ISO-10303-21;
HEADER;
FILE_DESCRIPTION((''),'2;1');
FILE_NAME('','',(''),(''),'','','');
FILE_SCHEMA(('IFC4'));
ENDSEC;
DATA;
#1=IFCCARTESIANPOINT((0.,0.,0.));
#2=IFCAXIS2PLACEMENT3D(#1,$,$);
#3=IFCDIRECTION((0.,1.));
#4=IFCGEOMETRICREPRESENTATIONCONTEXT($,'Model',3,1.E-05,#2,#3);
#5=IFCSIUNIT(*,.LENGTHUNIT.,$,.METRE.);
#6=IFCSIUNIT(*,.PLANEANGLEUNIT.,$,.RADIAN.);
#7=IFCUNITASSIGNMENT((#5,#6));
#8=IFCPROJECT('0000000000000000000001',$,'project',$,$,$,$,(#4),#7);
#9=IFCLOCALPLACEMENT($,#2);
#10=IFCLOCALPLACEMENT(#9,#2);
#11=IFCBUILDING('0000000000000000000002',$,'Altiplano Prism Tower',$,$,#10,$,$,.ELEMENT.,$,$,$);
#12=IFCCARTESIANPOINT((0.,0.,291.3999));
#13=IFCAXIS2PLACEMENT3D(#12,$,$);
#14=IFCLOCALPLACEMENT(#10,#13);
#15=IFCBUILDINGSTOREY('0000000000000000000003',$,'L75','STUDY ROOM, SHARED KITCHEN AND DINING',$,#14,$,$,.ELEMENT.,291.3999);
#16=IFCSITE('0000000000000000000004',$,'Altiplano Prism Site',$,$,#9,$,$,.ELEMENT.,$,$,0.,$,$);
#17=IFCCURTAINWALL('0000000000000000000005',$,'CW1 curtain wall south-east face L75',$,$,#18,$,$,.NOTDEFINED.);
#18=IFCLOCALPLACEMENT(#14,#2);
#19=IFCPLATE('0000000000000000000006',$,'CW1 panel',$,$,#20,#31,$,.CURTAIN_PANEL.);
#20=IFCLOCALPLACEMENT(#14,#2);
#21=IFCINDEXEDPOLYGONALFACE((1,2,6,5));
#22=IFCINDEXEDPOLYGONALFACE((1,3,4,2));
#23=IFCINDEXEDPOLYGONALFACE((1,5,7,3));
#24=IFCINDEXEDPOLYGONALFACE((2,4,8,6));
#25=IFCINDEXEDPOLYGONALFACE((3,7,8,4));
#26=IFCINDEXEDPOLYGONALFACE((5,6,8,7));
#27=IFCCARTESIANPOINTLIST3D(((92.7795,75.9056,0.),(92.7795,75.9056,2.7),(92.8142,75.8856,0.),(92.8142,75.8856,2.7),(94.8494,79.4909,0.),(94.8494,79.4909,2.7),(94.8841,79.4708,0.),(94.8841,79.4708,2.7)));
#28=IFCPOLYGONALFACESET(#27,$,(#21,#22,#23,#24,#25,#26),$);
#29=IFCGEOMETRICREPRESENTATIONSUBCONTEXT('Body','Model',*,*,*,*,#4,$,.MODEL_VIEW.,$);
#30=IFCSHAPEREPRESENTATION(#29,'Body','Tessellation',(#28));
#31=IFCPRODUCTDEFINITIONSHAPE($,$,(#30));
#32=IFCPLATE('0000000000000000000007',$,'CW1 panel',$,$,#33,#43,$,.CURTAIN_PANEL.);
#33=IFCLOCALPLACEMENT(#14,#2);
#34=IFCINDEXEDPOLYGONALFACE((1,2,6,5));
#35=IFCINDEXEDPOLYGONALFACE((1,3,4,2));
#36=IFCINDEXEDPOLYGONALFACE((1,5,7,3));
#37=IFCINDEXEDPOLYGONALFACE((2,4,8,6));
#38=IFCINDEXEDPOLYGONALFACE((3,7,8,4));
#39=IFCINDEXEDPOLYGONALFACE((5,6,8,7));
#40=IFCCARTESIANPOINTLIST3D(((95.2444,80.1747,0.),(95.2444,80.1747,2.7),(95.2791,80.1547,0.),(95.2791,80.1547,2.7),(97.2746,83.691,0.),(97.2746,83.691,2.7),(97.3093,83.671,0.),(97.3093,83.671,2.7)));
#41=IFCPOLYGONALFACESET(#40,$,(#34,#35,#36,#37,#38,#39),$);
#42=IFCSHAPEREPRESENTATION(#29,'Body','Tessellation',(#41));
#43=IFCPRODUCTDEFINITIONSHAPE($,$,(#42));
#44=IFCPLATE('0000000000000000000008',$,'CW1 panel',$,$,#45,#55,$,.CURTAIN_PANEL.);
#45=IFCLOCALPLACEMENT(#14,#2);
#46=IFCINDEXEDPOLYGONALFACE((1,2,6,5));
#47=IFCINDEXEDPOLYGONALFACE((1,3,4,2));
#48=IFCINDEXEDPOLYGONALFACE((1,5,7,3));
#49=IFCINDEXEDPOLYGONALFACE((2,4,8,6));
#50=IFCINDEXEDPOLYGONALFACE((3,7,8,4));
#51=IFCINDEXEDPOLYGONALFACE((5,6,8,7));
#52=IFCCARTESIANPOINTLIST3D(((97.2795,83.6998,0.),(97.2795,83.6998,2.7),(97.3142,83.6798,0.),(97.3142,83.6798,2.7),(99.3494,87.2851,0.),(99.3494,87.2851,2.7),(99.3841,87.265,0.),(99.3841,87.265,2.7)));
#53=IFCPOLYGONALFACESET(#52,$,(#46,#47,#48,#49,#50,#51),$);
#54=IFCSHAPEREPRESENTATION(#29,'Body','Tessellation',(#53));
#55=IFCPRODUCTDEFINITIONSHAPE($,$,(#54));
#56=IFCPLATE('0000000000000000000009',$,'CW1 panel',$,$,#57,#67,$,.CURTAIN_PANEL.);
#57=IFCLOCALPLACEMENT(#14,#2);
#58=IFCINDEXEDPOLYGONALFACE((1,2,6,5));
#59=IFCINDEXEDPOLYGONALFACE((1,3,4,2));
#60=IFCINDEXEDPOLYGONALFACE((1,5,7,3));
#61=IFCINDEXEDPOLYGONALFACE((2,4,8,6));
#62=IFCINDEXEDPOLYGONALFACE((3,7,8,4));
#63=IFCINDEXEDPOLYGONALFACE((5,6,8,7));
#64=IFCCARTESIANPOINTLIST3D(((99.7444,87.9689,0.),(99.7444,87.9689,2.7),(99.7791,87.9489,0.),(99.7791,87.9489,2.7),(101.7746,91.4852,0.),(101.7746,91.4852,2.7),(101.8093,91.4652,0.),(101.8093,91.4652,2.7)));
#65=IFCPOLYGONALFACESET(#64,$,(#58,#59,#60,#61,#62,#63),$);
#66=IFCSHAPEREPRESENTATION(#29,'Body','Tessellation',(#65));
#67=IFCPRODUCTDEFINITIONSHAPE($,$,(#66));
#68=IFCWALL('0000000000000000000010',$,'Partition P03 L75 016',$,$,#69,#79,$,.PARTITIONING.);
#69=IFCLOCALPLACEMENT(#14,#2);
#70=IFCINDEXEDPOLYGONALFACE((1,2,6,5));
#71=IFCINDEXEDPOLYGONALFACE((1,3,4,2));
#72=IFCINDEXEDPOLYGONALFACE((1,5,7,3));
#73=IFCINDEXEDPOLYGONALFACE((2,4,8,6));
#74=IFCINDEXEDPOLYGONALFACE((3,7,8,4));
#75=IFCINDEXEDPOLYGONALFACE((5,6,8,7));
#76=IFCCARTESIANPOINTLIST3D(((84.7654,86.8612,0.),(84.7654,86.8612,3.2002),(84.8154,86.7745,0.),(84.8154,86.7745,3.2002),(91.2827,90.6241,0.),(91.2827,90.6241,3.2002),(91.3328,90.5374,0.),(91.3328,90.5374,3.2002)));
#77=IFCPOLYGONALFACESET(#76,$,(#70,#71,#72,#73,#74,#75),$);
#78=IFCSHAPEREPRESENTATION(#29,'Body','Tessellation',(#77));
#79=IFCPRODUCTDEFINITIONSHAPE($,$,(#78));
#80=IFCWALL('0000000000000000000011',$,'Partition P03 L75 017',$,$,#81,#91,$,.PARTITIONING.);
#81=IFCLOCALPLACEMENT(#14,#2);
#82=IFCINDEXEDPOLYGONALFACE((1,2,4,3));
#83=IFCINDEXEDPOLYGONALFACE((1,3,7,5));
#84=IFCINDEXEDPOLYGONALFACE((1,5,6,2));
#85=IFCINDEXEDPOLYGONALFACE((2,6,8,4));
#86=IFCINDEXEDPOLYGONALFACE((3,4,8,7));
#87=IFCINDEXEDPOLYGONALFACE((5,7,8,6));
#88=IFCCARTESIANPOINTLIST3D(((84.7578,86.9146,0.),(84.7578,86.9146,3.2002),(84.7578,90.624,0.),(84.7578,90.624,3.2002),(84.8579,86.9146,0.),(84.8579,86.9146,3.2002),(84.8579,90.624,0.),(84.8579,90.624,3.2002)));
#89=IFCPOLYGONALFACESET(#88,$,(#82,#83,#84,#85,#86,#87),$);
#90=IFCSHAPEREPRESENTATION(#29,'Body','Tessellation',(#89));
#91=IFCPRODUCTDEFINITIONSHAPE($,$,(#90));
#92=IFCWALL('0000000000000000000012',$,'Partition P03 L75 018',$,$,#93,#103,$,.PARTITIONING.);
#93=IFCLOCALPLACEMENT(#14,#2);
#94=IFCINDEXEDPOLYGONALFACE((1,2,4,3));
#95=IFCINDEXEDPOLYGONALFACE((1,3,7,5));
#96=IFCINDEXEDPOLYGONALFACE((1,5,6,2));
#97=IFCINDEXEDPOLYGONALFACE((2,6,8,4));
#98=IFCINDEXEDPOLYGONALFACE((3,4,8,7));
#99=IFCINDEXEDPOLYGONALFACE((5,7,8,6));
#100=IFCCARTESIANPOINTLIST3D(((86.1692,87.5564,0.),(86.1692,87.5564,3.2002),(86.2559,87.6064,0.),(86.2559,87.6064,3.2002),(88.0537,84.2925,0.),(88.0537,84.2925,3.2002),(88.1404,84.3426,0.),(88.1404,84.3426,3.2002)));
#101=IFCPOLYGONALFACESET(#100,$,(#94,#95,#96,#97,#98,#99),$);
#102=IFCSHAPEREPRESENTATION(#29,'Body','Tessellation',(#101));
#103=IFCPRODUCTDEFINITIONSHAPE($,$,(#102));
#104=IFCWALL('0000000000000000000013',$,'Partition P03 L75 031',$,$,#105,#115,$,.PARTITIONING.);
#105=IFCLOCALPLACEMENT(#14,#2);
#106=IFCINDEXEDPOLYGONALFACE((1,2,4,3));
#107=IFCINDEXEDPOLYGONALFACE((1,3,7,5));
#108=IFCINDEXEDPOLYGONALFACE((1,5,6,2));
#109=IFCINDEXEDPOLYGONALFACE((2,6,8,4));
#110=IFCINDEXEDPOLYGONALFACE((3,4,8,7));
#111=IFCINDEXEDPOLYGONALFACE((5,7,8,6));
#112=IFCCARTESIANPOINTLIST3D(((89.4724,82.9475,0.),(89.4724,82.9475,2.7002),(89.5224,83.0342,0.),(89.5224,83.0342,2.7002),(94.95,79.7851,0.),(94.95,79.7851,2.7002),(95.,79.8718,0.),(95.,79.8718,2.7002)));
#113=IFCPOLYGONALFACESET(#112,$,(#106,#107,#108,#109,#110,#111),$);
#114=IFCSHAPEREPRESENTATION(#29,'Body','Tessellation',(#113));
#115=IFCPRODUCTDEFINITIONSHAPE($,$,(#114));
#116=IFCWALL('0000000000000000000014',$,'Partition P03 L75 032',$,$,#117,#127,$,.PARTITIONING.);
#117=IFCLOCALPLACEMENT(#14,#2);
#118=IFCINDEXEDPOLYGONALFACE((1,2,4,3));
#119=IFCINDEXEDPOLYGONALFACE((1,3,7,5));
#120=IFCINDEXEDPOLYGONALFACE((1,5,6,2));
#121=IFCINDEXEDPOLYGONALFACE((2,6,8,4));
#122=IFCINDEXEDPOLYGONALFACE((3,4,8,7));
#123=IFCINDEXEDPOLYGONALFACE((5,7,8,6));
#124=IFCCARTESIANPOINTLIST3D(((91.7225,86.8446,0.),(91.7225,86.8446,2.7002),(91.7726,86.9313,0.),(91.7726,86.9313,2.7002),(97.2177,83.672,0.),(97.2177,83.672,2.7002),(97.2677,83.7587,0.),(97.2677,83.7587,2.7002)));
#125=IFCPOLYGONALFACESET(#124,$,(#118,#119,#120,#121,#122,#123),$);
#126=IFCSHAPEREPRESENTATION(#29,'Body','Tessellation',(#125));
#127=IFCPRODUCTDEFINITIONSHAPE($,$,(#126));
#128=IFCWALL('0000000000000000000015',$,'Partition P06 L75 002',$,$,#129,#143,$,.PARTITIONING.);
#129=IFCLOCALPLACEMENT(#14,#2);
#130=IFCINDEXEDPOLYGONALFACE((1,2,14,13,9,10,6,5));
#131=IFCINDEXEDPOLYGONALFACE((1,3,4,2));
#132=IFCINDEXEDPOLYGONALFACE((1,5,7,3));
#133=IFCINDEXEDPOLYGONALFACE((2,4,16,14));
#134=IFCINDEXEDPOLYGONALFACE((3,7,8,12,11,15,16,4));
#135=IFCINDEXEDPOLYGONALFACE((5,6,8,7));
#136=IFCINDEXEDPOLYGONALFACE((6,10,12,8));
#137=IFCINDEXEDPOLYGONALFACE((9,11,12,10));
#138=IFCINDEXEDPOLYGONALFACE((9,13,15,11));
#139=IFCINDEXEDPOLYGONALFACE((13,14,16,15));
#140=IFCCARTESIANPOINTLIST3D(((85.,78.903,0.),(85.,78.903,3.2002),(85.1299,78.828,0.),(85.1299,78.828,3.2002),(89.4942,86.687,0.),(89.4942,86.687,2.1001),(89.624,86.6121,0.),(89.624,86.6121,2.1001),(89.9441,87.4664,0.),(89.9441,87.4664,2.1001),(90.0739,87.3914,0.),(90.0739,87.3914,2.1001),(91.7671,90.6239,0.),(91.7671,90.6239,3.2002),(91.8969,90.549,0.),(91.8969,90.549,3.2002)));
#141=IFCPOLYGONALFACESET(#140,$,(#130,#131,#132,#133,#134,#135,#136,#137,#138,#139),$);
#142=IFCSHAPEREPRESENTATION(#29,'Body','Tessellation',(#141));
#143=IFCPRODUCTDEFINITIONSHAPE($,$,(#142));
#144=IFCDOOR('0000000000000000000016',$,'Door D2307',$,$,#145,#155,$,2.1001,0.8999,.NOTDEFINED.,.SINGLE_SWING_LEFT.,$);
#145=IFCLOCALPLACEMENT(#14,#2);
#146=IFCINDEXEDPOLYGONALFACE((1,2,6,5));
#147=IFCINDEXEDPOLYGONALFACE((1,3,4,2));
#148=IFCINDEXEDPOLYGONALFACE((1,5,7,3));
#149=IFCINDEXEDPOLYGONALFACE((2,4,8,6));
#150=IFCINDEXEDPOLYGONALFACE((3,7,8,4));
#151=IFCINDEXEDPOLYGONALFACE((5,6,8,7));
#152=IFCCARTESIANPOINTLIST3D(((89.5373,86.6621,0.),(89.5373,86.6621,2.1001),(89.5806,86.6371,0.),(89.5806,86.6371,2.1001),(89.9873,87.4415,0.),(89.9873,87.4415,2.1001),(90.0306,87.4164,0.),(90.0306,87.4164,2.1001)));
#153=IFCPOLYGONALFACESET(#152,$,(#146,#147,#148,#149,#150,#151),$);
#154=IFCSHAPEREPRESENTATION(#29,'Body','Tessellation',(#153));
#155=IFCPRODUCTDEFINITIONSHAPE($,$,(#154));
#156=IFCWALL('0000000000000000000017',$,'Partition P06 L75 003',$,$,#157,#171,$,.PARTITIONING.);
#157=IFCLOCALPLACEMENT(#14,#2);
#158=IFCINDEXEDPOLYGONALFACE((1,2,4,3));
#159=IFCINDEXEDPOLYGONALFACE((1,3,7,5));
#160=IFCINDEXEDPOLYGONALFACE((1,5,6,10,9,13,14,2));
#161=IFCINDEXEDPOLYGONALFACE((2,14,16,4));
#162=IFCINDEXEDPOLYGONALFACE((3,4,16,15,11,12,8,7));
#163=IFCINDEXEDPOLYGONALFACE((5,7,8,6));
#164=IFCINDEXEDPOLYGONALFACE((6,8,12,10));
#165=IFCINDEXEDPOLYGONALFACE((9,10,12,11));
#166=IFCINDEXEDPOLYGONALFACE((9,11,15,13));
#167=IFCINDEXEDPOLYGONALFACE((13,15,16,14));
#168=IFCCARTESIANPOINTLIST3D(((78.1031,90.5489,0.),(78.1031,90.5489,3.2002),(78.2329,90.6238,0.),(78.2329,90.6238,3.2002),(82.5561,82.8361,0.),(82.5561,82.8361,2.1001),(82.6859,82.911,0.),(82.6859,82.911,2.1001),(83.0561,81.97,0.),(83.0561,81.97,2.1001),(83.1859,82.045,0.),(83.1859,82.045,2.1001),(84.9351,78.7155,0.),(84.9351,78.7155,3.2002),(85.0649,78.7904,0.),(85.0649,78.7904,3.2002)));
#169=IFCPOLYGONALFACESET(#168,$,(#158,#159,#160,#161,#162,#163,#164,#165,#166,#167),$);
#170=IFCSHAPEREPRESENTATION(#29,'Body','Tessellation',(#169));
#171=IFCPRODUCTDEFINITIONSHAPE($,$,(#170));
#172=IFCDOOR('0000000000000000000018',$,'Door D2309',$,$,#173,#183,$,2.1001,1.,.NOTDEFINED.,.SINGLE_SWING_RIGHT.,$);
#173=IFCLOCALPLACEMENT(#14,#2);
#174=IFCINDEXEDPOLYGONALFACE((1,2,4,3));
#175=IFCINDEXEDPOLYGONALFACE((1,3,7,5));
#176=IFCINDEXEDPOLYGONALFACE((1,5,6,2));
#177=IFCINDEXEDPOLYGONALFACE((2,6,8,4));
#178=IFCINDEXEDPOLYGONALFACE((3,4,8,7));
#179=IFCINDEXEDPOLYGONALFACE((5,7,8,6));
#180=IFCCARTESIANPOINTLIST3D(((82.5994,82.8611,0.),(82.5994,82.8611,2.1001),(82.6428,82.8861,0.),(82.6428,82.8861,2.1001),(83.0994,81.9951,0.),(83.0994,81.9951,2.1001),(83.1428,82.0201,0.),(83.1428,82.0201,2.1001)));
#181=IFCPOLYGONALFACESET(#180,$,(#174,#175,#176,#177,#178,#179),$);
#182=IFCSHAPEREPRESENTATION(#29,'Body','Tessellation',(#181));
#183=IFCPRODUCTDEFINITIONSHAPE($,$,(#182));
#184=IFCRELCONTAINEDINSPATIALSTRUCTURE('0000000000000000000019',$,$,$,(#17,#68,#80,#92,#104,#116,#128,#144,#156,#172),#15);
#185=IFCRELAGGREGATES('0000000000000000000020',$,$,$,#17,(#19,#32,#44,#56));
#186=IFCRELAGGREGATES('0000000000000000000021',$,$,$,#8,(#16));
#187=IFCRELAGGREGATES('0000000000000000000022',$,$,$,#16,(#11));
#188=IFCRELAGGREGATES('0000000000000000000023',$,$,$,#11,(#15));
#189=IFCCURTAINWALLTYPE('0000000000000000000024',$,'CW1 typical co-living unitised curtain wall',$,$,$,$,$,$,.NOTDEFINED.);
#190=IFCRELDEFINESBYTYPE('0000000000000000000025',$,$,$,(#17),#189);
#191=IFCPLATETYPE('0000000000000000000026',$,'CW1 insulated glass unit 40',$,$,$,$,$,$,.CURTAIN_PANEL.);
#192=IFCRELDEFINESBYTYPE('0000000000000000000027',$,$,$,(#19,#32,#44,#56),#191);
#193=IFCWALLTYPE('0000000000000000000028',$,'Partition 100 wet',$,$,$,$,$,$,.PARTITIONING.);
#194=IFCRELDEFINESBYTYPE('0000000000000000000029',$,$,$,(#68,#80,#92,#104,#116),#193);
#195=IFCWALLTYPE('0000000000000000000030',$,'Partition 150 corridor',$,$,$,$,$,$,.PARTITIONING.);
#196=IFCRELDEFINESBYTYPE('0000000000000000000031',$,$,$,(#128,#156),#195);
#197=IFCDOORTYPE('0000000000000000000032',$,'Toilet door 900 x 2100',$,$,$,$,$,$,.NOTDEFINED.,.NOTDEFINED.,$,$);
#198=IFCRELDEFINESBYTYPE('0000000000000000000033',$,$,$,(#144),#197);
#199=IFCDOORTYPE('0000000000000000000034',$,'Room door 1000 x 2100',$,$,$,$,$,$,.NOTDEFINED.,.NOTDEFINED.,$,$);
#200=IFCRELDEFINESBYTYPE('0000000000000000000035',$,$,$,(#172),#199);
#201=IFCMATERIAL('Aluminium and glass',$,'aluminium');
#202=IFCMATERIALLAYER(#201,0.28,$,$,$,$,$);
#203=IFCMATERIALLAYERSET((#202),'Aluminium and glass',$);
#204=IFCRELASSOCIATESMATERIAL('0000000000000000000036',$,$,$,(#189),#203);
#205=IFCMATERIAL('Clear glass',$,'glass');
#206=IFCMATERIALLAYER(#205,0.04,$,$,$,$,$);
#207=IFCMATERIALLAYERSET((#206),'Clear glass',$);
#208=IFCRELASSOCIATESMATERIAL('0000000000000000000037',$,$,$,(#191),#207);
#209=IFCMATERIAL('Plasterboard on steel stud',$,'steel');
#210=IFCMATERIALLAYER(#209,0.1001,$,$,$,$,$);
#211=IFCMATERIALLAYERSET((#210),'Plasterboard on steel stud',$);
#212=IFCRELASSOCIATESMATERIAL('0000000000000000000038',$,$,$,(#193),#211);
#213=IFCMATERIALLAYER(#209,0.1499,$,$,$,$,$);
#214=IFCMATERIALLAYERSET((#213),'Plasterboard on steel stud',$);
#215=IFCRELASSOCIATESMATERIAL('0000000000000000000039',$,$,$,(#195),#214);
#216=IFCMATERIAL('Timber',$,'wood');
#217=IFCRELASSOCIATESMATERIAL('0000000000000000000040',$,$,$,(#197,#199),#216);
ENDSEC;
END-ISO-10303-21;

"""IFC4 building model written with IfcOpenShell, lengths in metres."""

from ifc_helpers import new_model, si_unit, direction, frame, frame_2d, origin, origin_2d, place, context, subcontext, project, spatial, rectangle, extrude, material, layer, layer_set, type_object, element, fill, aggregate, save


model = new_model("IFC4")

# Units and contexts
model_context = context("Model", 3, precision=1e-05, world=origin(), true_north=direction((0.0, 1.0)))
body_context = subcontext(model_context, "Body", "Model", "MODEL_VIEW")
ifc_project = project(units=[si_unit("LENGTHUNIT", "METRE"), si_unit("PLANEANGLEUNIT", "RADIAN")], contexts=[model_context])

# Site, building, storey
site_placement = place(None, origin())
site = spatial("IfcSite", under=ifc_project, at=site_placement, Name="Altiplano Prism Site", CompositionType="ELEMENT", RefElevation=0.0)
building_placement = place(site_placement, origin())
building = spatial("IfcBuilding", under=site, at=building_placement, Name="Altiplano Prism Tower", CompositionType="ELEMENT")
storey_placement = place(building_placement, frame((0.0, 0.0, 291.3999)))
storey = spatial("IfcBuildingStorey", under=building, at=storey_placement, Name="L75", Description="STUDY ROOM, SHARED KITCHEN AND DINING", CompositionType="ELEMENT", Elevation=291.3999)

# Curtain wall
ifc_material_1 = material(Name="Aluminium and glass", Category="aluminium")
ifc_layer_1 = layer(ifc_material_1, 0.28)
ifc_layer_set_1 = layer_set([ifc_layer_1], Name="Aluminium and glass")
curtain_wall_type = type_object("IfcCurtainWallType", Name="CW1 typical co-living unitised curtain wall", PredefinedType="NOTDEFINED", material=ifc_layer_set_1)
curtain_wall_placement = place(storey_placement, origin())
curtain_wall = element("IfcCurtainWall", 1, at=curtain_wall_placement, inside=storey, type_object=curtain_wall_type, Name="CW1 curtain wall south-east face L75", PredefinedType="NOTDEFINED")

# Plates
ifc_material_2 = material(Name="Clear glass", Category="glass")
ifc_layer_2 = layer(ifc_material_2, 0.04)
ifc_layer_set_2 = layer_set([ifc_layer_2], Name="Clear glass")
plate_type = type_object("IfcPlateType", Name="CW1 insulated glass unit 40", PredefinedType="CURTAIN_PANEL", material=ifc_layer_set_2)
plate_1_placement = place(storey_placement, frame((93.8318, 77.6882, 0.0), z_axis=(0.0, 0.0, 1.0), x_axis=(0.5, 0.866025, 0.0)))
plate_1 = element("IfcPlate", 2, at=plate_1_placement, type_object=plate_type, Name="CW1 panel", PredefinedType="CURTAIN_PANEL", context=body_context, shape_type="SweptSolid", body=[
    extrude(rectangle(XDim=4.1399, YDim=0.04, at=origin_2d()), origin(), (0.0, 0.0, 1.0), 2.7),
])
plate_2_placement = place(storey_placement, frame((96.2769, 81.9229, 0.0), z_axis=(0.0, 0.0, 1.0), x_axis=(0.5, 0.866025, 0.0)))
plate_2 = element("IfcPlate", 3, at=plate_2_placement, type_object=plate_type, Name="CW1 panel", PredefinedType="CURTAIN_PANEL", context=body_context, shape_type="SweptSolid", body=[
    extrude(rectangle(XDim=4.0603, YDim=0.04, at=origin_2d()), origin(), (0.0, 0.0, 1.0), 2.7),
])
plate_3_placement = place(storey_placement, frame((98.3318, 85.4824, 0.0), z_axis=(0.0, 0.0, 1.0), x_axis=(0.5, 0.866025, 0.0)))
plate_3 = element("IfcPlate", 4, at=plate_3_placement, type_object=plate_type, Name="CW1 panel", PredefinedType="CURTAIN_PANEL", context=body_context, shape_type="SweptSolid", body=[
    extrude(rectangle(XDim=4.1399, YDim=0.04, at=origin_2d()), origin(), (0.0, 0.0, 1.0), 2.7),
])
plate_4_placement = place(storey_placement, frame((100.7769, 89.717, 0.0), z_axis=(0.0, 0.0, 1.0), x_axis=(0.5, 0.866025, 0.0)))
plate_4 = element("IfcPlate", 5, at=plate_4_placement, type_object=plate_type, Name="CW1 panel", PredefinedType="CURTAIN_PANEL", context=body_context, shape_type="SweptSolid", body=[
    extrude(rectangle(XDim=4.0603, YDim=0.04, at=origin_2d()), origin(), (0.0, 0.0, 1.0), 2.7),
])
aggregate(curtain_wall, [plate_1, plate_2, plate_3, plate_4])

# Walls
ifc_material_3 = material(Name="Plasterboard on steel stud", Category="steel")
ifc_layer_3 = layer(ifc_material_3, 0.1001)
ifc_layer_set_3 = layer_set([ifc_layer_3], Name="Plasterboard on steel stud")
wall_type_1 = type_object("IfcWallType", Name="Partition 100 wet", PredefinedType="PARTITIONING", material=ifc_layer_set_3)
wall_1_placement = place(storey_placement, frame((84.7905, 86.8179, 0.0), z_axis=(0.0, 0.0, 1.0), x_axis=(0.866016, 0.500015, 0.0)))
element("IfcWall", 6, at=wall_1_placement, inside=storey, type_object=wall_type_1, Name="Partition P03 L75 016", PredefinedType="PARTITIONING", context=body_context, shape_type="SweptSolid", body=[
    extrude(rectangle(XDim=7.5256, YDim=0.1001, at=frame_2d((3.7627, 0.0))), origin(), (0.0, 0.0, 1.0), 3.2002),
])
wall_2_placement = place(storey_placement, frame((84.8079, 90.624, 0.0), z_axis=(0.0, 0.0, 1.0), x_axis=(0.0, -1.0, 0.0)))
element("IfcWall", 7, at=wall_2_placement, inside=storey, type_object=wall_type_1, Name="Partition P03 L75 017", PredefinedType="PARTITIONING", context=body_context, shape_type="SweptSolid", body=[
    extrude(rectangle(XDim=3.7095, YDim=0.1001, at=frame_2d((1.8547, 0.0))), origin(), (0.0, 0.0, 1.0), 3.2002),
])
wall_3_placement = place(storey_placement, frame((86.2126, 87.5813, 0.0), z_axis=(0.0, 0.0, 1.0), x_axis=(0.50002, -0.866014, 0.0)))
element("IfcWall", 8, at=wall_3_placement, inside=storey, type_object=wall_type_1, Name="Partition P03 L75 018", PredefinedType="PARTITIONING", context=body_context, shape_type="SweptSolid", body=[
    extrude(rectangle(XDim=3.7688, YDim=0.1001, at=frame_2d((1.8843, 0.0))), origin(), (0.0, 0.0, 1.0), 3.2002),
])
wall_4_placement = place(storey_placement, frame((94.9751, 79.8284, 0.0), z_axis=(0.0, 0.0, 1.0), x_axis=(-0.866033, 0.499988, 0.0)))
element("IfcWall", 9, at=wall_4_placement, inside=storey, type_object=wall_type_1, Name="Partition P03 L75 031", PredefinedType="PARTITIONING", context=body_context, shape_type="SweptSolid", body=[
    extrude(rectangle(XDim=6.325, YDim=0.1001, at=frame_2d((3.1626, 0.0))), origin(), (0.0, 0.0, 1.0), 2.7002),
])
wall_5_placement = place(storey_placement, frame((97.2427, 83.7153, 0.0), z_axis=(0.0, 0.0, 1.0), x_axis=(-0.866025, 0.5, 0.0)))
element("IfcWall", 10, at=wall_5_placement, inside=storey, type_object=wall_type_1, Name="Partition P03 L75 032", PredefinedType="PARTITIONING", context=body_context, shape_type="SweptSolid", body=[
    extrude(rectangle(XDim=6.3452, YDim=0.1001, at=frame_2d((3.1726, 0.0))), origin(), (0.0, 0.0, 1.0), 2.7002),
])

# Walls, openings, doors
ifc_layer_4 = layer(ifc_material_3, 0.1499)
ifc_layer_set_4 = layer_set([ifc_layer_4], Name="Plasterboard on steel stud")
wall_type_2 = type_object("IfcWallType", Name="Partition 150 corridor", PredefinedType="PARTITIONING", material=ifc_layer_set_4)
wall_6_placement = place(storey_placement, frame((91.832, 90.5864, 0.0), z_axis=(0.0, 0.0, 1.0), x_axis=(-0.5, -0.866025, 0.0)))
wall_6 = element("IfcWall", 11, at=wall_6_placement, inside=storey, type_object=wall_type_2, Name="Partition P06 L75 002", PredefinedType="PARTITIONING", context=body_context, shape_type="SweptSolid", body=[
    extrude(rectangle(XDim=13.5342, YDim=0.1499, at=frame_2d((6.7671, 0.0))), origin(), (0.0, 0.0, 1.0), 3.2002),
])
opening_1_placement = place(wall_6_placement, frame((3.646, 0.0, 0.0)))
opening_1 = element("IfcOpeningElement", 12, at=opening_1_placement, cuts=wall_6, PredefinedType="OPENING", context=body_context, shape_type="SweptSolid", body=[
    extrude(rectangle(XDim=0.8999, YDim=2.1001, at=frame_2d((0.45, 1.05))), frame((0.0, 0.0854, 0.0), z_axis=(0.0, -1.0, 0.0), x_axis=(1.0, 0.0, 0.0)), (0.0, 0.0, 1.0), 0.1709),
])
ifc_material_4 = material(Name="Timber", Category="wood")
door_type_1 = type_object("IfcDoorType", Name="Toilet door 900 x 2100", OperationType="NOTDEFINED", PredefinedType="NOTDEFINED", material=ifc_material_4)
door_1_placement = place(opening_1_placement, origin())
door_1 = element("IfcDoor", 13, at=door_1_placement, inside=storey, type_object=door_type_1, Name="Door D2307", OperationType="SINGLE_SWING_LEFT", OverallHeight=2.1001, OverallWidth=0.8999, PredefinedType="NOTDEFINED", context=body_context, shape_type="SweptSolid", body=[
    extrude(rectangle(XDim=0.8999, YDim=2.1001, at=frame_2d((0.45, 1.05))), frame((0.0, 0.0249, 0.0), z_axis=(0.0, -1.0, 0.0), x_axis=(1.0, 0.0, 0.0)), (0.0, 0.0, 1.0), 0.05),
])
fill(opening_1, door_1)
wall_7_placement = place(storey_placement, frame((85.0, 78.7529, 0.0), z_axis=(0.0, 0.0, 1.0), x_axis=(-0.499998, 0.866027, 0.0)))
wall_7 = element("IfcWall", 14, at=wall_7_placement, inside=storey, type_object=wall_type_2, Name="Partition P06 L75 003", PredefinedType="PARTITIONING", context=body_context, shape_type="SweptSolid", body=[
    extrude(rectangle(XDim=13.6641, YDim=0.1499, at=frame_2d((6.832, 0.0))), origin(), (0.0, 0.0, 1.0), 3.2002),
])
opening_2_placement = place(wall_7_placement, frame((3.7581, 0.0, 0.0)))
opening_2 = element("IfcOpeningElement", 15, at=opening_2_placement, cuts=wall_7, PredefinedType="OPENING", context=body_context, shape_type="SweptSolid", body=[
    extrude(rectangle(XDim=1.0, YDim=2.1001, at=frame_2d((0.5, 1.05))), frame((0.0, 0.0854, 0.0), z_axis=(0.0, -1.0, 0.0), x_axis=(1.0, 0.0, 0.0)), (0.0, 0.0, 1.0), 0.1709),
])
door_type_2 = type_object("IfcDoorType", Name="Room door 1000 x 2100", OperationType="NOTDEFINED", PredefinedType="NOTDEFINED", material=ifc_material_4)
door_2_placement = place(opening_2_placement, origin())
door_2 = element("IfcDoor", 16, at=door_2_placement, inside=storey, type_object=door_type_2, Name="Door D2309", OperationType="SINGLE_SWING_RIGHT", OverallHeight=2.1001, OverallWidth=1.0, PredefinedType="NOTDEFINED", context=body_context, shape_type="SweptSolid", body=[
    extrude(rectangle(XDim=1.0, YDim=2.1001, at=frame_2d((0.5, 1.05))), frame((0.0, 0.0249, 0.0), z_axis=(0.0, -1.0, 0.0), x_axis=(1.0, 0.0, 0.0)), (0.0, 0.0, 1.0), 0.05),
])
fill(opening_2, door_2)

save(model, "model.ifc")
